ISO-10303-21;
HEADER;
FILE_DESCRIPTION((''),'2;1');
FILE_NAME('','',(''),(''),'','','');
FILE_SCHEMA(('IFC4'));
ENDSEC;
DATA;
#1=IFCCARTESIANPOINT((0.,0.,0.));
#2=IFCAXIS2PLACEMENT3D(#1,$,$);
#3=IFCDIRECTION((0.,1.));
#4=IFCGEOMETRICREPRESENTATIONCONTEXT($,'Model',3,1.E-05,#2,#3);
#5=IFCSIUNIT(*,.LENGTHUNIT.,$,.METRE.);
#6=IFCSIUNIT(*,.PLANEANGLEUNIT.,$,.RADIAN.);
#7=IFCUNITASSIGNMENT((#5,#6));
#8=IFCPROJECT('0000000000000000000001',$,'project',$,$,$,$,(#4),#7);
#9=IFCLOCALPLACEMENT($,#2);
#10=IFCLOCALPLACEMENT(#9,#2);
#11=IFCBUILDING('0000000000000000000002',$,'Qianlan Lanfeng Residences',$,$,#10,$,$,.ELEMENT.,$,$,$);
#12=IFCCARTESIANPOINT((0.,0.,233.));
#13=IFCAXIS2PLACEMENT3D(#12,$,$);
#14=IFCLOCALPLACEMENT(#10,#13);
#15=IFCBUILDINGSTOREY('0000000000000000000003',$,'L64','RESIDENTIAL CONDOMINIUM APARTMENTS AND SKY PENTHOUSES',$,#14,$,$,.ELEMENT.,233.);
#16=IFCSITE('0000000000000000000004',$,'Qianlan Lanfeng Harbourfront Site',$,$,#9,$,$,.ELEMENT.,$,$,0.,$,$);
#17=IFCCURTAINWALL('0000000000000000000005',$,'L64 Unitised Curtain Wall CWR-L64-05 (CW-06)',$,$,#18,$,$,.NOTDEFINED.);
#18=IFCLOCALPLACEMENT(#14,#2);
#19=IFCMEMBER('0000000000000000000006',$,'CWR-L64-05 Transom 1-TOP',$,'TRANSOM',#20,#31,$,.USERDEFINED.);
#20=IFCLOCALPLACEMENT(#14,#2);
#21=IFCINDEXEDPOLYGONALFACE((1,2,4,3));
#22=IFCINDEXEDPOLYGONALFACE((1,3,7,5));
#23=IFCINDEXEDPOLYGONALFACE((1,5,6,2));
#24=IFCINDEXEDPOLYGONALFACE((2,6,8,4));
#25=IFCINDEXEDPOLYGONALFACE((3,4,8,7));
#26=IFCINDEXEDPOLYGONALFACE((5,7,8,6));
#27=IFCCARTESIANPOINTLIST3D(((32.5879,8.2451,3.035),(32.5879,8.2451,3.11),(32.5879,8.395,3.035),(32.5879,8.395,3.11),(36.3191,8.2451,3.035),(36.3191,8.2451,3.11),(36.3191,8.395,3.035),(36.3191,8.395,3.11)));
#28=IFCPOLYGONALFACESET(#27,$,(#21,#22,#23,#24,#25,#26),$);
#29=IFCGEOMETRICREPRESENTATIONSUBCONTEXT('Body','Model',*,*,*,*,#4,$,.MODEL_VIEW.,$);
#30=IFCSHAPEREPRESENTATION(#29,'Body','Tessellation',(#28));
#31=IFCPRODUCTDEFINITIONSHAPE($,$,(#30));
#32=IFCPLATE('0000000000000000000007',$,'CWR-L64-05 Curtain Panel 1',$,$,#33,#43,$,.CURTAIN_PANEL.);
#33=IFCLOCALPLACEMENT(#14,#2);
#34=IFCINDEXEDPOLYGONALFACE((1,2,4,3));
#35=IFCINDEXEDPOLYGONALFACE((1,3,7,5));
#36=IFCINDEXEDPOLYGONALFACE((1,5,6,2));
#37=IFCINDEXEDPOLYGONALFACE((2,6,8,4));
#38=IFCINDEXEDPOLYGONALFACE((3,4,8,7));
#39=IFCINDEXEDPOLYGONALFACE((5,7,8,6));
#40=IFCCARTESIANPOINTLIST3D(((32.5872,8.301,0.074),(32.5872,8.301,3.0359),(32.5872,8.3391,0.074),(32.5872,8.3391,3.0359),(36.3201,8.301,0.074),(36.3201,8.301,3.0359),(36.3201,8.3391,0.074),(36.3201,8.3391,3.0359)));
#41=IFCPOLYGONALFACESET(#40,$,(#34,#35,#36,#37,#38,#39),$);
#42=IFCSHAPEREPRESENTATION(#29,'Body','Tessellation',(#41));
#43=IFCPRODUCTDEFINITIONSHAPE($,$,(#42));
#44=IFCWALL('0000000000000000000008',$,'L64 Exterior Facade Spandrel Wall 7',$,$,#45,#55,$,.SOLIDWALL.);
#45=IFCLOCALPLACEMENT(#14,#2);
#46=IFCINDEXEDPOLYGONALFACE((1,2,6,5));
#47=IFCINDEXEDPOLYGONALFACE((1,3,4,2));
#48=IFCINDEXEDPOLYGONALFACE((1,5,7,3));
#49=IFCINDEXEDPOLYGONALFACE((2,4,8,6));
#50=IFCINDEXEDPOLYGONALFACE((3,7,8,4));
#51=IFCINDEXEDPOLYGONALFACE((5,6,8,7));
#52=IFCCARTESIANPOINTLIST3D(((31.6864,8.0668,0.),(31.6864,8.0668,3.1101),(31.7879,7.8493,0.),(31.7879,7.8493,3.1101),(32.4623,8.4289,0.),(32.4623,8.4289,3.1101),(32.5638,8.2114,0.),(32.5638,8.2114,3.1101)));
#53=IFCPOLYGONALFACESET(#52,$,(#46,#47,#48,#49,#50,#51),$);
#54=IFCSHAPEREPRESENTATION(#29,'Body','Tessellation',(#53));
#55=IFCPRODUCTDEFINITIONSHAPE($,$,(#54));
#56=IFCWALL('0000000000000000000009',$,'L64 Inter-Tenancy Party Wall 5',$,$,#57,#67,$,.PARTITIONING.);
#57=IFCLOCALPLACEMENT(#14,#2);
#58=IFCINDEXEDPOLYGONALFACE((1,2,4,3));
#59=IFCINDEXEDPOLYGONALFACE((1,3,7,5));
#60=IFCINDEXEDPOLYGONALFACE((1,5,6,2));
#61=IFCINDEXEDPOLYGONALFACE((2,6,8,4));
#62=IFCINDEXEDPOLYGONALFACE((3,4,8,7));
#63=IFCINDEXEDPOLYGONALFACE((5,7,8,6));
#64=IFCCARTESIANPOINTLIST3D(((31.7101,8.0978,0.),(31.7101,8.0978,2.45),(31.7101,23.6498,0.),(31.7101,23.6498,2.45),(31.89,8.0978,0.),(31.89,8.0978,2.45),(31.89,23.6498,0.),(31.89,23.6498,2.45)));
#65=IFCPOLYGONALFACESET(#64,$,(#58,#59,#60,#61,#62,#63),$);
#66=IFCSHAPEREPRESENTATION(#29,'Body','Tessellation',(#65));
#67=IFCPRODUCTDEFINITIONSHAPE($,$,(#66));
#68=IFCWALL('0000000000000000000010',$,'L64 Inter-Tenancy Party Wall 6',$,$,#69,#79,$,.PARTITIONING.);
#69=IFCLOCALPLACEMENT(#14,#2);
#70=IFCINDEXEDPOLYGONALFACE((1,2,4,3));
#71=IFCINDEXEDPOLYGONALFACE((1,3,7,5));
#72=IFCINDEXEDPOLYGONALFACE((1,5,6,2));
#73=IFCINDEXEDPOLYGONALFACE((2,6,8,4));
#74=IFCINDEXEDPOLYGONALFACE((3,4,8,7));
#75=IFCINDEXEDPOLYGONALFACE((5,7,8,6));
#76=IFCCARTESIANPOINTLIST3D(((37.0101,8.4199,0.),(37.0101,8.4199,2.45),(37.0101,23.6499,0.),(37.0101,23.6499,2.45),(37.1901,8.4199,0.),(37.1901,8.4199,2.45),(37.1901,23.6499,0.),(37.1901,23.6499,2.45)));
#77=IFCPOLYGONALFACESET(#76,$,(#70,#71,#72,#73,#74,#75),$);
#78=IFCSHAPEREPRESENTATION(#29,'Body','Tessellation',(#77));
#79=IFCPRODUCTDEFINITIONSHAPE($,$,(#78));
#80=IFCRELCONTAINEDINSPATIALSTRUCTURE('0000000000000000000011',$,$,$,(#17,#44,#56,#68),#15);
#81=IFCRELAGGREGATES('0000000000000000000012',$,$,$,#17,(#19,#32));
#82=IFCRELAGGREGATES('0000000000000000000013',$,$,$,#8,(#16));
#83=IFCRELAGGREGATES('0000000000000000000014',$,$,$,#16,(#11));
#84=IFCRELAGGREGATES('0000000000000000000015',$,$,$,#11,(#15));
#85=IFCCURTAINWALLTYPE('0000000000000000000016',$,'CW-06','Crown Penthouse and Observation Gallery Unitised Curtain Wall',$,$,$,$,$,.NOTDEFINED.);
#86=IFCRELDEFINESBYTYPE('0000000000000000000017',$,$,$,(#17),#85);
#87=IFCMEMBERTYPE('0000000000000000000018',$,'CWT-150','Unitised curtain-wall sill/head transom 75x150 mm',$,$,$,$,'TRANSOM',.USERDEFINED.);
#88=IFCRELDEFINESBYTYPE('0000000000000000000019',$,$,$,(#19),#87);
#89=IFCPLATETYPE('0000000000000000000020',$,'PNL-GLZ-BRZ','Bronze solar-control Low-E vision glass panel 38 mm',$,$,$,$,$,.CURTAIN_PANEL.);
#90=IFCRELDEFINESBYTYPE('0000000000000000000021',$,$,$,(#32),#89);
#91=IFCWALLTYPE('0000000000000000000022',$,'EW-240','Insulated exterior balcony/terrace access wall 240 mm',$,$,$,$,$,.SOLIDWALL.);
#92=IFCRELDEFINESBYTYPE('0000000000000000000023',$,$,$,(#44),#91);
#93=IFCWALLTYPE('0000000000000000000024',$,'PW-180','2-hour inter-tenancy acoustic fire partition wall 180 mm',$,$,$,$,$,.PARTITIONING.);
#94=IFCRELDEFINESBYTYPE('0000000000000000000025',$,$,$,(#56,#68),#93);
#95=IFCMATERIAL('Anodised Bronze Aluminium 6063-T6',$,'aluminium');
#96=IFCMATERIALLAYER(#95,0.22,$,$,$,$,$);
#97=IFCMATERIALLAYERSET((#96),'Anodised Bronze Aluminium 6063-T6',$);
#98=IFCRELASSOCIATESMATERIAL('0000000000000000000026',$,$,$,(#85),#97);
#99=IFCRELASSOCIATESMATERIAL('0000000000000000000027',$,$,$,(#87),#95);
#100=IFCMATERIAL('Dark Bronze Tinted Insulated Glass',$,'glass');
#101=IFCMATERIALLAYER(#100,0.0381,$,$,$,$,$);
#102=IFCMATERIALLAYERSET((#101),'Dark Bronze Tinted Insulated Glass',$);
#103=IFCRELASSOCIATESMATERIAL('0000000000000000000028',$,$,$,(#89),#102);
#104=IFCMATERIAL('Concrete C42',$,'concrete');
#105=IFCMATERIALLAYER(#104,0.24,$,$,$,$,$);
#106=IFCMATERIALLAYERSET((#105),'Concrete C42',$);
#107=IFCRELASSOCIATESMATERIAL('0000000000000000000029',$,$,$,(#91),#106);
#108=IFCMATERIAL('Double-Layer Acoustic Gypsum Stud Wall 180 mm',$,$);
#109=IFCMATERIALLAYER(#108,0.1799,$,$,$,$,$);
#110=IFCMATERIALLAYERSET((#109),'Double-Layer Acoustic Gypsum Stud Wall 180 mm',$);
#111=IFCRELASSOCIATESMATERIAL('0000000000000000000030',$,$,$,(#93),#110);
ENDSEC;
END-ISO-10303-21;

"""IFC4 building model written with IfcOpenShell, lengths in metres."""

from ifc_helpers import new_model, si_unit, direction, frame, frame_2d, origin, origin_2d, place, context, subcontext, project, spatial, rectangle, extrude, source, transform, mapped, material, layer, layer_set, material_profile, profile_set, type_object, element, aggregate, save


model = new_model("IFC4")

# Units and contexts
model_context = context("Model", 3, precision=1e-05, world=origin(), true_north=direction((0.0, 1.0)))
body_context = subcontext(model_context, "Body", "Model", "MODEL_VIEW")
ifc_project = project(units=[si_unit("LENGTHUNIT", "METRE"), si_unit("PLANEANGLEUNIT", "RADIAN")], contexts=[model_context])

# Site, building, storey
site_placement = place(None, origin())
site = spatial("IfcSite", under=ifc_project, at=site_placement, Name="Qianlan Lanfeng Harbourfront Site", CompositionType="ELEMENT", RefElevation=0.0)
building_placement = place(site_placement, origin())
building = spatial("IfcBuilding", under=site, at=building_placement, Name="Qianlan Lanfeng Residences", CompositionType="ELEMENT")
storey_placement = place(building_placement, frame((0.0, 0.0, 233.0)))
storey = spatial("IfcBuildingStorey", under=building, at=storey_placement, Name="L64", Description="RESIDENTIAL CONDOMINIUM APARTMENTS AND SKY PENTHOUSES", CompositionType="ELEMENT", Elevation=233.0)

# Curtain wall, member, plate
ifc_material_1 = material(Name="Anodised Bronze Aluminium 6063-T6", Category="aluminium")
ifc_layer_1 = layer(ifc_material_1, 0.22)
ifc_layer_set_1 = layer_set([ifc_layer_1], Name="Anodised Bronze Aluminium 6063-T6")
curtain_wall_type = type_object("IfcCurtainWallType", Name="CW-06", Description="Crown Penthouse and Observation Gallery Unitised Curtain Wall", PredefinedType="NOTDEFINED", material=ifc_layer_set_1)
curtain_wall_placement = place(storey_placement, origin())
curtain_wall = element("IfcCurtainWall", 1, at=curtain_wall_placement, inside=storey, type_object=curtain_wall_type, Name="L64 Unitised Curtain Wall CWR-L64-05 (CW-06)", PredefinedType="NOTDEFINED")
ifc_material_profile_1 = material_profile(ifc_material_1, rectangle(XDim=0.075, YDim=0.1499, at=origin_2d()), Name="ALU TRANSOM 75x150")
ifc_profile_set_1 = profile_set([ifc_material_profile_1], Name="Anodised Bronze Aluminium 6063-T6")
member_type_1 = type_object("IfcMemberType", Name="CWT-150", Description="Unitised curtain-wall sill/head transom 75x150 mm", ElementType="TRANSOM", PredefinedType="USERDEFINED", material=ifc_profile_set_1)
shared_shape_1 = source(origin(), body_context, "Body", "SweptSolid", [
    extrude(rectangle(XDim=0.075, YDim=0.1499, at=origin_2d()), origin(), (0.0, 0.0, 1.0), 3.7312),
])
member_1_placement = place(storey_placement, frame((32.5879, 8.3201, 3.0725), z_axis=(1.0, 0.0, 0.0), x_axis=(0.0, 0.0, 1.0)))
member_1 = element("IfcMember", 2, at=member_1_placement, type_object=member_type_1, Name="CWR-L64-05 Transom 1-TOP", ObjectType="TRANSOM", PredefinedType="USERDEFINED", context=body_context, shape_type="MappedRepresentation", body=[
    mapped(shared_shape_1, transform((0.0, 0.0, 0.0), scale=1.0)),
])
ifc_material_2 = material(Name="Dark Bronze Tinted Insulated Glass", Category="glass")
ifc_layer_2 = layer(ifc_material_2, 0.0381)
ifc_layer_set_2 = layer_set([ifc_layer_2], Name="Dark Bronze Tinted Insulated Glass")
plate_type = type_object("IfcPlateType", Name="PNL-GLZ-BRZ", Description="Bronze solar-control Low-E vision glass panel 38 mm", PredefinedType="CURTAIN_PANEL", material=ifc_layer_set_2)
shared_shape_2 = source(origin(), body_context, "Body", "SweptSolid", [
    extrude(rectangle(XDim=3.7329, YDim=0.0381, at=origin_2d()), origin(), (0.0, 0.0, 1.0), 2.9619),
])
plate_placement = place(storey_placement, frame((34.4536, 8.3201, 0.074), z_axis=(0.0, 0.0, 1.0), x_axis=(1.0, 0.0, 0.0)))
plate = element("IfcPlate", 3, at=plate_placement, type_object=plate_type, Name="CWR-L64-05 Curtain Panel 1", PredefinedType="CURTAIN_PANEL", context=body_context, shape_type="MappedRepresentation", body=[
    mapped(shared_shape_2, transform((0.0, 0.0, 0.0), scale=1.0)),
])
aggregate(curtain_wall, [member_1, plate])

# Walls
ifc_material_3 = material(Name="Concrete C42", Category="concrete")
ifc_layer_3 = layer(ifc_material_3, 0.24)
ifc_layer_set_3 = layer_set([ifc_layer_3], Name="Concrete C42")
wall_type_1 = type_object("IfcWallType", Name="EW-240", Description="Insulated exterior balcony/terrace access wall 240 mm", PredefinedType="SOLIDWALL", material=ifc_layer_set_3)
wall_1_placement = place(storey_placement, frame((31.7371, 7.958, 0.0), z_axis=(0.0, 0.0, 1.0), x_axis=(0.90619, 0.42287, 0.0)))
element("IfcWall", 4, at=wall_1_placement, inside=storey, type_object=wall_type_1, Name="L64 Exterior Facade Spandrel Wall 7", PredefinedType="SOLIDWALL", context=body_context, shape_type="SweptSolid", body=[
    extrude(rectangle(XDim=0.8562, YDim=0.24, at=frame_2d((0.4282, 0.0))), origin(), (0.0, 0.0, 1.0), 3.1101),
])
ifc_material_4 = material(Name="Double-Layer Acoustic Gypsum Stud Wall 180 mm")
ifc_layer_4 = layer(ifc_material_4, 0.1799)
ifc_layer_set_4 = layer_set([ifc_layer_4], Name="Double-Layer Acoustic Gypsum Stud Wall 180 mm")
wall_type_2 = type_object("IfcWallType", Name="PW-180", Description="2-hour inter-tenancy acoustic fire partition wall 180 mm", PredefinedType="PARTITIONING", material=ifc_layer_set_4)
wall_2_placement = place(storey_placement, frame((31.8, 8.0979, 0.0), z_axis=(0.0, 0.0, 1.0), x_axis=(0.0, 1.0, 0.0)))
element("IfcWall", 5, at=wall_2_placement, inside=storey, type_object=wall_type_2, Name="L64 Inter-Tenancy Party Wall 5", PredefinedType="PARTITIONING", context=body_context, shape_type="SweptSolid", body=[
    extrude(rectangle(XDim=15.552, YDim=0.1799, at=frame_2d((7.7759, 0.0))), origin(), (0.0, 0.0, 1.0), 2.45),
])
wall_3_placement = place(storey_placement, frame((37.1001, 8.4199, 0.0), z_axis=(0.0, 0.0, 1.0), x_axis=(0.0, 1.0, 0.0)))
element("IfcWall", 6, at=wall_3_placement, inside=storey, type_object=wall_type_2, Name="L64 Inter-Tenancy Party Wall 6", PredefinedType="PARTITIONING", context=body_context, shape_type="SweptSolid", body=[
    extrude(rectangle(XDim=15.23, YDim=0.1799, at=frame_2d((7.615, 0.0))), origin(), (0.0, 0.0, 1.0), 2.45),
])

save(model, "model.ifc")
